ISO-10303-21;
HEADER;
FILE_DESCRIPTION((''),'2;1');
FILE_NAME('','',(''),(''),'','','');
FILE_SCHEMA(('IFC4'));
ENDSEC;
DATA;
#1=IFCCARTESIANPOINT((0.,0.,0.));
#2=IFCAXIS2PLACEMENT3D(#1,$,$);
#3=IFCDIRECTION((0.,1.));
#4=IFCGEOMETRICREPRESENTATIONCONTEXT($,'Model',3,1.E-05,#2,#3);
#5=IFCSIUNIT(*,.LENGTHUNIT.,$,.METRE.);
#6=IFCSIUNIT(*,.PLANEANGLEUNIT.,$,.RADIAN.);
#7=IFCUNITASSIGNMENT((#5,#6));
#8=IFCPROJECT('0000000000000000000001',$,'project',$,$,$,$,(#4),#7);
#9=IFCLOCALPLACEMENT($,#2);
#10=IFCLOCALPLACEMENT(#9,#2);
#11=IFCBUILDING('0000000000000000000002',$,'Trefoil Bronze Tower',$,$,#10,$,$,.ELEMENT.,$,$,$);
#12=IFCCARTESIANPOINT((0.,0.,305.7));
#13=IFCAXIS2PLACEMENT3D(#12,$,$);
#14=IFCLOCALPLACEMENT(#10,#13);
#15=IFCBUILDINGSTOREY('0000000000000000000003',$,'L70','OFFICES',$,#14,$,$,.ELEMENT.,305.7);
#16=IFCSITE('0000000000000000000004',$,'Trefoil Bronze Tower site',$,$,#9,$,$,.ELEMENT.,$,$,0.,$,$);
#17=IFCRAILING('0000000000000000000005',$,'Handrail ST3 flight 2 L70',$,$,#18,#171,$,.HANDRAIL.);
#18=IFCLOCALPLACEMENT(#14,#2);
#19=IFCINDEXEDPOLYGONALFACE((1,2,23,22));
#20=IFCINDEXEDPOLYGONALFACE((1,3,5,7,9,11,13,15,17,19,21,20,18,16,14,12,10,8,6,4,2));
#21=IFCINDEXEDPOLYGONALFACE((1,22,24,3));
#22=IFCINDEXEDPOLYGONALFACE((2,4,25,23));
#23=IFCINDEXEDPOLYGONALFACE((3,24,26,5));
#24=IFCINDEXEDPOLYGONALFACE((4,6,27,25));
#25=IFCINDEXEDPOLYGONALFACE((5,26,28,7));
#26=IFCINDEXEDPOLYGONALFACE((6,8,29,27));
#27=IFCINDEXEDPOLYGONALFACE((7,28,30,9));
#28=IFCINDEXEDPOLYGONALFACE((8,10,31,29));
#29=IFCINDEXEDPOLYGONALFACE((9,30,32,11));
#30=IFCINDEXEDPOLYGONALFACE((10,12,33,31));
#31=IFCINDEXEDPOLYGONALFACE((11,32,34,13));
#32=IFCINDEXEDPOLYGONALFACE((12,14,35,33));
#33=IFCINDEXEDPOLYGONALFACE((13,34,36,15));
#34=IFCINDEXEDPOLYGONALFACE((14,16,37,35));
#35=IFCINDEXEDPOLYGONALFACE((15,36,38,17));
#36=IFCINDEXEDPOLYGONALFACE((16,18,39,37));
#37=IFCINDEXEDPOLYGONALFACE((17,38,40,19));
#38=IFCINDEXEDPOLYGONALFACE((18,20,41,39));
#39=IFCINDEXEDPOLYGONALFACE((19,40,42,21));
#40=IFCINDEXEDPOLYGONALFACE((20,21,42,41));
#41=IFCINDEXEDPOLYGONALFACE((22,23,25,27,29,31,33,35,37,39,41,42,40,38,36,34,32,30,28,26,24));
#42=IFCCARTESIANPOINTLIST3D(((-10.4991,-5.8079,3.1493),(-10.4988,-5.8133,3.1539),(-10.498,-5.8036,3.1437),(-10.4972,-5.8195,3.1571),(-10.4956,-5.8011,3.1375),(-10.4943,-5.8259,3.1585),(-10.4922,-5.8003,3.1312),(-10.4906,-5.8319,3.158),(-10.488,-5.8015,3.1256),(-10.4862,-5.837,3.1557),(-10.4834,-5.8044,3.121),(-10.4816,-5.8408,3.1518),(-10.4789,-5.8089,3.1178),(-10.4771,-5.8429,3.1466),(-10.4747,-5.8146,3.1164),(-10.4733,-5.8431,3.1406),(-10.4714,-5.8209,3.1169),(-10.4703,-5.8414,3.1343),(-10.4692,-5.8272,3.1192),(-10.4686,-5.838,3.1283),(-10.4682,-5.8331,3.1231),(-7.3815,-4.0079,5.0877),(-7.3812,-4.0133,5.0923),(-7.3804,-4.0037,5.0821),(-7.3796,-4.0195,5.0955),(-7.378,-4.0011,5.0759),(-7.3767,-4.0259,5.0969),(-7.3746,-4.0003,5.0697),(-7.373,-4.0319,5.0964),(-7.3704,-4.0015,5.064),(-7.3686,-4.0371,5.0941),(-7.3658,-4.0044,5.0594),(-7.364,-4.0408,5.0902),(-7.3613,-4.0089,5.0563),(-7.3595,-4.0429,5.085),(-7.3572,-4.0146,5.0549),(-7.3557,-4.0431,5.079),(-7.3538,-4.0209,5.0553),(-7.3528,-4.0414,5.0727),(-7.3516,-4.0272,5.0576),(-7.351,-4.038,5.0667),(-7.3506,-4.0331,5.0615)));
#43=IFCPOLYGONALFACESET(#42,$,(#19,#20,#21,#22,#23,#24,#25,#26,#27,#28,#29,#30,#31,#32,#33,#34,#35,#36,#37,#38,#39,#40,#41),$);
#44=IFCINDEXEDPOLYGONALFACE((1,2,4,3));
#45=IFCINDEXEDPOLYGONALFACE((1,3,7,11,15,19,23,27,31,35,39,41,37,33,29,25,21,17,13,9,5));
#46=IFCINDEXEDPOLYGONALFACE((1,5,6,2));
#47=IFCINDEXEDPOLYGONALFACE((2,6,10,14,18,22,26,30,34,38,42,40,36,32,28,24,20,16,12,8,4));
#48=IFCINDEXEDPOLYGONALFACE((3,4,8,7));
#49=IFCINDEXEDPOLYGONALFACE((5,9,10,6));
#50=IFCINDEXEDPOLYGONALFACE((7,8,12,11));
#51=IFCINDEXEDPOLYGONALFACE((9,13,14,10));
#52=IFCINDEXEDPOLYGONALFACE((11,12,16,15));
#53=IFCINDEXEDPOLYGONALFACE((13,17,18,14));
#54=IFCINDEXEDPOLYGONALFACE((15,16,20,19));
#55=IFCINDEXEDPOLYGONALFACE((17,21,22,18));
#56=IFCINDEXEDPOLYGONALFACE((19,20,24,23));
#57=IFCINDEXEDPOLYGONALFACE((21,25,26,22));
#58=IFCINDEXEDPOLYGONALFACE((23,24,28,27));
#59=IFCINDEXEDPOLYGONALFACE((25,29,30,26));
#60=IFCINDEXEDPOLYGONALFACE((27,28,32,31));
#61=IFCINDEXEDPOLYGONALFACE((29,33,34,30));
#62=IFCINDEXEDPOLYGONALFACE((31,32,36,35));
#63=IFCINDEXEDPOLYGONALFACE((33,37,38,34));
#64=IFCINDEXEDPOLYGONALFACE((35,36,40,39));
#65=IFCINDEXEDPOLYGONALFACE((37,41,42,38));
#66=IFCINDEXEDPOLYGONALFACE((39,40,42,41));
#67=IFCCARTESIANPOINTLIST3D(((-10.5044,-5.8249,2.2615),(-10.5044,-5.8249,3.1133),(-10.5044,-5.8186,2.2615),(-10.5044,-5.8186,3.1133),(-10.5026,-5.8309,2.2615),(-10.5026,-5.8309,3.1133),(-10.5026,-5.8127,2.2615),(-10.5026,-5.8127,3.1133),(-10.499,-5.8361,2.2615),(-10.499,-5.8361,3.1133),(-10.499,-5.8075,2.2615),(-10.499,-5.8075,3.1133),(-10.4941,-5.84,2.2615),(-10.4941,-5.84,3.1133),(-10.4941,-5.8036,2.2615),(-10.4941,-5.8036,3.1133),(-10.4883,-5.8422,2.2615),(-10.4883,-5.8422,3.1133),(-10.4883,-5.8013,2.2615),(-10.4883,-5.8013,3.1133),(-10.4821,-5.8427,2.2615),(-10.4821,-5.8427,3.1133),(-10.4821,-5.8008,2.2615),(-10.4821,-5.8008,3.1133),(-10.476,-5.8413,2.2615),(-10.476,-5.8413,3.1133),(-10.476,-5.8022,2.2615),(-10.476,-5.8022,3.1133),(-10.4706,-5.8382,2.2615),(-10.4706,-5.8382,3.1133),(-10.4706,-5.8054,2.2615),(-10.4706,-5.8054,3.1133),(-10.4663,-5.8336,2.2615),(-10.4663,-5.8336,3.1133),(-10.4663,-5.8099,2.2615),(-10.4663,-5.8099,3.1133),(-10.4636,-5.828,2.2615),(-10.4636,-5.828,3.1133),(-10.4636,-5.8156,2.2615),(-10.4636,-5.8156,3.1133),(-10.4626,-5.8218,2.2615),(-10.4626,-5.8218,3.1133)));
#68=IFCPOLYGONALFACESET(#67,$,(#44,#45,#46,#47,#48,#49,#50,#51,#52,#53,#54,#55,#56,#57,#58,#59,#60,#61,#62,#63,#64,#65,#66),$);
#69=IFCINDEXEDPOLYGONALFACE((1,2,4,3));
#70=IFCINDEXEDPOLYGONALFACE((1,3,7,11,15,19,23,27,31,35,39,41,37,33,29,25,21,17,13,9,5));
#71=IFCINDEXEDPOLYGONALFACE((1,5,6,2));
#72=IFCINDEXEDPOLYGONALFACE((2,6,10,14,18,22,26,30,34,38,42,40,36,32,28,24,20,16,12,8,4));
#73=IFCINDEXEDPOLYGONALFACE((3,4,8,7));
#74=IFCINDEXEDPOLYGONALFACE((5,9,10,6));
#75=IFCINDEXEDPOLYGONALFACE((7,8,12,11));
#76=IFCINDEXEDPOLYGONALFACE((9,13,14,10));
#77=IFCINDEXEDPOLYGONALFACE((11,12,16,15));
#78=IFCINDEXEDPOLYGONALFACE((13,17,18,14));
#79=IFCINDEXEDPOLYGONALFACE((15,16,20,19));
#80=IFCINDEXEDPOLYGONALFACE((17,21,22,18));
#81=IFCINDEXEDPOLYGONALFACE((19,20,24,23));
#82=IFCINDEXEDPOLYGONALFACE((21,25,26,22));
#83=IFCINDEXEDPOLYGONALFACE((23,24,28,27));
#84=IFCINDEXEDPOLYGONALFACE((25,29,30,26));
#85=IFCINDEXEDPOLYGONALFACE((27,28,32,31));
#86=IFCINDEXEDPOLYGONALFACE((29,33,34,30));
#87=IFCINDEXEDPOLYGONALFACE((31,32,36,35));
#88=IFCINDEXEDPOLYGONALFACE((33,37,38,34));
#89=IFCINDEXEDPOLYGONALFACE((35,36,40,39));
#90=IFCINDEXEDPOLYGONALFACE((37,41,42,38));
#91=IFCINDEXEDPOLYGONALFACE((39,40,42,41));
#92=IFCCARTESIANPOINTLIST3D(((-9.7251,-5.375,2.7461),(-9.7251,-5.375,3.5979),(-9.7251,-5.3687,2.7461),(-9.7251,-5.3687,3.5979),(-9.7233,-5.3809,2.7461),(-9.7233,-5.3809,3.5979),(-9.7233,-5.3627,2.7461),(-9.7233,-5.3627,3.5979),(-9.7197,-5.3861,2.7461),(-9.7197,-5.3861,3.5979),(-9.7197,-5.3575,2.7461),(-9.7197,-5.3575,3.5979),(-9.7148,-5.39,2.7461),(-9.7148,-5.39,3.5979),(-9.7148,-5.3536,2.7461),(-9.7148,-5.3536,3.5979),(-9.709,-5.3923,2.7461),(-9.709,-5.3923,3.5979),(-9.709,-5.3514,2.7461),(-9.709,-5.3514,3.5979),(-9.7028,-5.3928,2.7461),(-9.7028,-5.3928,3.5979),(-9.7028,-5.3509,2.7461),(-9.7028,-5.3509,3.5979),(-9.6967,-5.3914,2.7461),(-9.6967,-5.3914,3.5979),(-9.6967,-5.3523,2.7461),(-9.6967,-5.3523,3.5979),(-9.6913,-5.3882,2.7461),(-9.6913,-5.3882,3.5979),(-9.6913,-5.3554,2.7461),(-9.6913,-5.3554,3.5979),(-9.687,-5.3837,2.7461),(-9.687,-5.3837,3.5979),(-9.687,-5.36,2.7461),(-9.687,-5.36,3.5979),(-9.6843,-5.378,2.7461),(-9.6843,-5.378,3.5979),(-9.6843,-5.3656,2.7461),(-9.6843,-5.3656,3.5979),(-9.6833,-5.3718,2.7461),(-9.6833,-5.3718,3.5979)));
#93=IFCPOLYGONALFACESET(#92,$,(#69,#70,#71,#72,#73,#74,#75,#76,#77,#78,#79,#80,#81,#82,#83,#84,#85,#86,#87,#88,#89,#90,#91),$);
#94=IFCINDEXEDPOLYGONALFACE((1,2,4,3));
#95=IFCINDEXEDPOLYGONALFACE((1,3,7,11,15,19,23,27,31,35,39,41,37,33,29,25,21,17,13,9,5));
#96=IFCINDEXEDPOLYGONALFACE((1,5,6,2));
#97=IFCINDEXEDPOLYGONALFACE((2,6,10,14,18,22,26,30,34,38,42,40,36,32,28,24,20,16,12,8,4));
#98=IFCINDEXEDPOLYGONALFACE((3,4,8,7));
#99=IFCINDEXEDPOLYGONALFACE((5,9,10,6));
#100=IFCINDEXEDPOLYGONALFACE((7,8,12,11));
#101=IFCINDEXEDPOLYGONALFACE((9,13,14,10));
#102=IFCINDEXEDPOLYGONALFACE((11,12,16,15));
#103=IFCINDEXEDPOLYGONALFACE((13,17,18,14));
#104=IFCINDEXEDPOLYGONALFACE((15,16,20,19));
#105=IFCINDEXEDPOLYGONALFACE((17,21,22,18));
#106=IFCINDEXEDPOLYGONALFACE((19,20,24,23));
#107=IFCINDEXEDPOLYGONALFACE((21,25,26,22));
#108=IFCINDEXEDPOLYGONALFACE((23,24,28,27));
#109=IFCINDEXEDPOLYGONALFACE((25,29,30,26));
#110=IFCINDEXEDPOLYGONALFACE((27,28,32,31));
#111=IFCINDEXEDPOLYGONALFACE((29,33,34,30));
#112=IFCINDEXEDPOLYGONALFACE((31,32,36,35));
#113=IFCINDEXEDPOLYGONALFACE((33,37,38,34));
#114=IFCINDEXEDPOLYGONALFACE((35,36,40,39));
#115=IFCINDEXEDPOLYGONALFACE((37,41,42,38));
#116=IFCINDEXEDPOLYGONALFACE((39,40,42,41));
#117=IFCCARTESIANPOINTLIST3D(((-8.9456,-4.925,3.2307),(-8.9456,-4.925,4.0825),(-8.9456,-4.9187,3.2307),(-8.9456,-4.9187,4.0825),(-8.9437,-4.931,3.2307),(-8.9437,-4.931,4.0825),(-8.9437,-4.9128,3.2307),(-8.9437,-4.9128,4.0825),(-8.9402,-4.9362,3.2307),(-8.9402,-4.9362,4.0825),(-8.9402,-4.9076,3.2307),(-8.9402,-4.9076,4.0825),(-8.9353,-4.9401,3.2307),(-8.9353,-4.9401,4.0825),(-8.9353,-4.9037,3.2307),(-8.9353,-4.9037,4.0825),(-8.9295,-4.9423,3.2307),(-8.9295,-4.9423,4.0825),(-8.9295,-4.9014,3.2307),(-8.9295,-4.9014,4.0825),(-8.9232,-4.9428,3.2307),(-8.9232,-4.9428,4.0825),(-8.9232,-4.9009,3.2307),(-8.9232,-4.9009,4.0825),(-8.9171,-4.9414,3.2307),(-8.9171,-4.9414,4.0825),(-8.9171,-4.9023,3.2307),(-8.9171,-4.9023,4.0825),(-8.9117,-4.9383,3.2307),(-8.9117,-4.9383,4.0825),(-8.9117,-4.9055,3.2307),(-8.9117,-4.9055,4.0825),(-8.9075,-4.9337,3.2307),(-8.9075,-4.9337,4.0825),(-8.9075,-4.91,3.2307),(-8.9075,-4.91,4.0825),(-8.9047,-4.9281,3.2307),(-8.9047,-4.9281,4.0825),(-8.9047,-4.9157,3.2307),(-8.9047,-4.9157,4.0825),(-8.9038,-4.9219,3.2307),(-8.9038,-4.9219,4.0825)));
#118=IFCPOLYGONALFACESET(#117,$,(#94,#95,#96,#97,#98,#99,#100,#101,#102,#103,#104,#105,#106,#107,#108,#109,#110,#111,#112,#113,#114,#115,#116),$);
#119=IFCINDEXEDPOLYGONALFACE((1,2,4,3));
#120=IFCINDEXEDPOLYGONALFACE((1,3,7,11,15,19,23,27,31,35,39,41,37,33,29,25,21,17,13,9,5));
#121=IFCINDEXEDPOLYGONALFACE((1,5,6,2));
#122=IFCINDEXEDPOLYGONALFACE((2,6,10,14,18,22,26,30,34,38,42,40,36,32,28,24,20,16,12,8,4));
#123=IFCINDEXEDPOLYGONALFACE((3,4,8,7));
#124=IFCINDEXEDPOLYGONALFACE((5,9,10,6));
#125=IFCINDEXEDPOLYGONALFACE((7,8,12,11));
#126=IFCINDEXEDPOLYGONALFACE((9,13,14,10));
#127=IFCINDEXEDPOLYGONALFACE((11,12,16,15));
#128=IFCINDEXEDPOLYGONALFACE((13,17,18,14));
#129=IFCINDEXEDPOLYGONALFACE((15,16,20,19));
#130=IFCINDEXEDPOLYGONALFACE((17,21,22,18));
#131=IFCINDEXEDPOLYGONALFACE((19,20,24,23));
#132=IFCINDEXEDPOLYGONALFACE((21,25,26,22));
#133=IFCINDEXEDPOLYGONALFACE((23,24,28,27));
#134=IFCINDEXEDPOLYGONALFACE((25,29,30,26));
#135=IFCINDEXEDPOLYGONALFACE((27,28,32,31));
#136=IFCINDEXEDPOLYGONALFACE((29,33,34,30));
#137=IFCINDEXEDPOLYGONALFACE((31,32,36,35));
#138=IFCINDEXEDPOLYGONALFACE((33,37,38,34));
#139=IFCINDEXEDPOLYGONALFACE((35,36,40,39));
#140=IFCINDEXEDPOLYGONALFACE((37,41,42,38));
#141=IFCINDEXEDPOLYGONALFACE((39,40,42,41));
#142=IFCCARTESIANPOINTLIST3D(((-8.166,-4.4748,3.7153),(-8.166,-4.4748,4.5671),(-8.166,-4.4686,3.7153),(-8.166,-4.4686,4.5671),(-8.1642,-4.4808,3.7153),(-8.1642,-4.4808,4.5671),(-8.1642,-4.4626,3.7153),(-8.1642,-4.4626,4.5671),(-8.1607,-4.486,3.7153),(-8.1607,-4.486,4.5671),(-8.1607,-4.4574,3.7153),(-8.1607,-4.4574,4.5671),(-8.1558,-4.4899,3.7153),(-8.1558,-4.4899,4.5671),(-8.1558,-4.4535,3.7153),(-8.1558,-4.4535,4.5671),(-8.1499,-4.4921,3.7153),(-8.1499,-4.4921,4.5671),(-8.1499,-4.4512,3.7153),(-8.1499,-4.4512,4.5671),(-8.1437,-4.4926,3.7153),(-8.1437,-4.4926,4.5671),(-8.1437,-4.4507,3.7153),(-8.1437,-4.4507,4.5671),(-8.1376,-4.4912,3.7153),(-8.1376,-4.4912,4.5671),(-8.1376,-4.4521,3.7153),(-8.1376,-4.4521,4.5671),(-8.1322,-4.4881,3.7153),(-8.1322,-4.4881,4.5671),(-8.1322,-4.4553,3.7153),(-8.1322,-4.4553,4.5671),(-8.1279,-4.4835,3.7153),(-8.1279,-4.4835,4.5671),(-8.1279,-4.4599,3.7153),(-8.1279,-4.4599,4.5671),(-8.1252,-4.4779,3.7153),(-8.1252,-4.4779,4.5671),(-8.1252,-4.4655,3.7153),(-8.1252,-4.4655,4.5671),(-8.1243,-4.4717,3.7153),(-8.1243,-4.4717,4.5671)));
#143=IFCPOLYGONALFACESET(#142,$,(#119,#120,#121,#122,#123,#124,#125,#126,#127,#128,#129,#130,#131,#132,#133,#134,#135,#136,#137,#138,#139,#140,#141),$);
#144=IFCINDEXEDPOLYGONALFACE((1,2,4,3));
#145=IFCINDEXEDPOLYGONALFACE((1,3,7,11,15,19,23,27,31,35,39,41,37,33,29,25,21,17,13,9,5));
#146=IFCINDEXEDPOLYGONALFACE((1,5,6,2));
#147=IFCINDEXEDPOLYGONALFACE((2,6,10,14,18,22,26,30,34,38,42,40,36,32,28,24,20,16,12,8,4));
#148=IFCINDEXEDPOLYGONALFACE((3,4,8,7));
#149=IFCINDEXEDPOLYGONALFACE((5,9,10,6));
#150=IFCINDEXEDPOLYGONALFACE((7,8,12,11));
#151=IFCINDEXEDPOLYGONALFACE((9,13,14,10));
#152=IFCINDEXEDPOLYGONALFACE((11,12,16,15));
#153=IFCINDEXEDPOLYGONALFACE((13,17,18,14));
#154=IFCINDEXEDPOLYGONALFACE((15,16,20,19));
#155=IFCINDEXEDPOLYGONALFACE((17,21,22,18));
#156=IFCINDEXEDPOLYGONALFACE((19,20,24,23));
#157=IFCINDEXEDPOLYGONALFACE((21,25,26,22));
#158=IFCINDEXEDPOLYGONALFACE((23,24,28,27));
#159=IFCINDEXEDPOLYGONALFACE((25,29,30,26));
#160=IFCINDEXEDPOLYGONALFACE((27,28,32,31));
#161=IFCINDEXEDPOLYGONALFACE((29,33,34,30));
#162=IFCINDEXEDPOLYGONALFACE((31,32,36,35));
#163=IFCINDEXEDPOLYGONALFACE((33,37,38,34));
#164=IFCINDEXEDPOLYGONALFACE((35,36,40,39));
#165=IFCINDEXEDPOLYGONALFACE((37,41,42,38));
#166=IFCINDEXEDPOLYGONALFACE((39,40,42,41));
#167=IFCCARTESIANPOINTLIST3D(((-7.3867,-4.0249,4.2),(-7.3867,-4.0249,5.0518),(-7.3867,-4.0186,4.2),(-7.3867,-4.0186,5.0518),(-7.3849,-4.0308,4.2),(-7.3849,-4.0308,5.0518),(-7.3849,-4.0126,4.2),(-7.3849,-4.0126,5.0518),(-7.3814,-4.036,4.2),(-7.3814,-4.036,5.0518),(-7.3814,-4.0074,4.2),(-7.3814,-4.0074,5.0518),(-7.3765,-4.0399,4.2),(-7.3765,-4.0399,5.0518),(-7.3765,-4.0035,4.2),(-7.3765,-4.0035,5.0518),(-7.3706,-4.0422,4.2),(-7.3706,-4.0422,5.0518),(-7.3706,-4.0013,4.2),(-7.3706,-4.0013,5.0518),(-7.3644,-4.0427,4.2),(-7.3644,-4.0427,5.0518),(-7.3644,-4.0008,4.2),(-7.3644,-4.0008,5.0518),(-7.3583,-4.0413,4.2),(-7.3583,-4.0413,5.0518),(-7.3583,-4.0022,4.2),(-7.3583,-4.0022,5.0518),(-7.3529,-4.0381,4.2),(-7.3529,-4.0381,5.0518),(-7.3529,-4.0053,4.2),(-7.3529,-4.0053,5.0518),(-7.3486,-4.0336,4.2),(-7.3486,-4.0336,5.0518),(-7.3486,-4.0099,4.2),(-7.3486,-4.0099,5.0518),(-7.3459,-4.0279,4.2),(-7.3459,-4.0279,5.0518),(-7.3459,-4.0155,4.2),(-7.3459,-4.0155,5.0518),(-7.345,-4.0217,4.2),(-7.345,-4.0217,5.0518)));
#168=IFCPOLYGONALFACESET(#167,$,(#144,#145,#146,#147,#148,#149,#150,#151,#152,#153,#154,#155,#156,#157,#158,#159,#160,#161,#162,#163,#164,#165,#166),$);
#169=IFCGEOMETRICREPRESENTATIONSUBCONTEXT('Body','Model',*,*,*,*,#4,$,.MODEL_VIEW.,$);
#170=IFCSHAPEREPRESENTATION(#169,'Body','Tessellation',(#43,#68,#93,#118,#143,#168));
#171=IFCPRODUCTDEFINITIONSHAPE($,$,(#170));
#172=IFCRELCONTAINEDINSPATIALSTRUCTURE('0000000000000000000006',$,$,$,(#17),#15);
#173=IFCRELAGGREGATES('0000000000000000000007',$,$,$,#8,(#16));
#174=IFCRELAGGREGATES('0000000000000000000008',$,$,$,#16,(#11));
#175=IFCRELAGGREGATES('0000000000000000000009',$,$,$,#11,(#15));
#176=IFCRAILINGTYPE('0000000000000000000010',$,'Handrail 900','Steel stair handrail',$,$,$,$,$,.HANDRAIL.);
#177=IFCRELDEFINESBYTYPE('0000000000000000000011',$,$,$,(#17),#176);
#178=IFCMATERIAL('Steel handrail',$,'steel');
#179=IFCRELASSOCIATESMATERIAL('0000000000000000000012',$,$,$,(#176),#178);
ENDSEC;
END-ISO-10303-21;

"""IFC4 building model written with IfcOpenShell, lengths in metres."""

from ifc_helpers import new_model, si_unit, direction, frame, origin, origin_2d, place, context, subcontext, project, spatial, circle, extrude, material, type_object, element, save


model = new_model("IFC4")

# Units and contexts
model_context = context("Model", 3, precision=1e-05, world=origin(), true_north=direction((0.0, 1.0)))
body_context = subcontext(model_context, "Body", "Model", "MODEL_VIEW")
ifc_project = project(units=[si_unit("LENGTHUNIT", "METRE"), si_unit("PLANEANGLEUNIT", "RADIAN")], contexts=[model_context])

# Site, building, storey
site_placement = place(None, origin())
site = spatial("IfcSite", under=ifc_project, at=site_placement, Name="Trefoil Bronze Tower site", CompositionType="ELEMENT", RefElevation=0.0)
building_placement = place(site_placement, origin())
building = spatial("IfcBuilding", under=site, at=building_placement, Name="Trefoil Bronze Tower", CompositionType="ELEMENT")
storey_placement = place(building_placement, frame((0.0, 0.0, 305.7)))
storey = spatial("IfcBuildingStorey", under=building, at=storey_placement, Name="L70", Description="OFFICES", CompositionType="ELEMENT", Elevation=305.7)

# Railing
ifc_material_1 = material(Name="Steel handrail", Category="steel")
railing_type = type_object("IfcRailingType", Name="Handrail 900", Description="Steel stair handrail", PredefinedType="HANDRAIL", material=ifc_material_1)
railing_1_placement = place(storey_placement, frame((-10.4836, -5.8218, 2.2615)))
element("IfcRailing", 1, at=railing_1_placement, inside=storey, type_object=railing_type, Name="Handrail ST3 flight 2 L70", PredefinedType="HANDRAIL", context=body_context, shape_type="SweptSolid", body=[
    extrude(circle(Radius=0.0239, at=origin_2d()), frame((0.0, 0.0, 0.876), z_axis=(0.762503, 0.440246, 0.474102), x_axis=(-0.500012, 0.866018, 0.0)), (0.0, 0.0, 1.0), 4.0886),
    extrude(circle(Radius=0.021, at=origin_2d()), origin(), (0.0, 0.0, 1.0), 0.8518),
    extrude(circle(Radius=0.021, at=origin_2d()), frame((0.7793, 0.45, 0.4846)), (0.0, 0.0, 1.0), 0.8518),
    extrude(circle(Radius=0.021, at=origin_2d()), frame((1.5588, 0.8999, 0.9692)), (0.0, 0.0, 1.0), 0.8518),
    extrude(circle(Radius=0.021, at=origin_2d()), frame((2.3384, 1.3501, 1.4539)), (0.0, 0.0, 1.0), 0.8518),
    extrude(circle(Radius=0.021, at=origin_2d()), frame((3.1177, 1.8, 1.9385)), (0.0, 0.0, 1.0), 0.8518),
])

save(model, "model.ifc")
